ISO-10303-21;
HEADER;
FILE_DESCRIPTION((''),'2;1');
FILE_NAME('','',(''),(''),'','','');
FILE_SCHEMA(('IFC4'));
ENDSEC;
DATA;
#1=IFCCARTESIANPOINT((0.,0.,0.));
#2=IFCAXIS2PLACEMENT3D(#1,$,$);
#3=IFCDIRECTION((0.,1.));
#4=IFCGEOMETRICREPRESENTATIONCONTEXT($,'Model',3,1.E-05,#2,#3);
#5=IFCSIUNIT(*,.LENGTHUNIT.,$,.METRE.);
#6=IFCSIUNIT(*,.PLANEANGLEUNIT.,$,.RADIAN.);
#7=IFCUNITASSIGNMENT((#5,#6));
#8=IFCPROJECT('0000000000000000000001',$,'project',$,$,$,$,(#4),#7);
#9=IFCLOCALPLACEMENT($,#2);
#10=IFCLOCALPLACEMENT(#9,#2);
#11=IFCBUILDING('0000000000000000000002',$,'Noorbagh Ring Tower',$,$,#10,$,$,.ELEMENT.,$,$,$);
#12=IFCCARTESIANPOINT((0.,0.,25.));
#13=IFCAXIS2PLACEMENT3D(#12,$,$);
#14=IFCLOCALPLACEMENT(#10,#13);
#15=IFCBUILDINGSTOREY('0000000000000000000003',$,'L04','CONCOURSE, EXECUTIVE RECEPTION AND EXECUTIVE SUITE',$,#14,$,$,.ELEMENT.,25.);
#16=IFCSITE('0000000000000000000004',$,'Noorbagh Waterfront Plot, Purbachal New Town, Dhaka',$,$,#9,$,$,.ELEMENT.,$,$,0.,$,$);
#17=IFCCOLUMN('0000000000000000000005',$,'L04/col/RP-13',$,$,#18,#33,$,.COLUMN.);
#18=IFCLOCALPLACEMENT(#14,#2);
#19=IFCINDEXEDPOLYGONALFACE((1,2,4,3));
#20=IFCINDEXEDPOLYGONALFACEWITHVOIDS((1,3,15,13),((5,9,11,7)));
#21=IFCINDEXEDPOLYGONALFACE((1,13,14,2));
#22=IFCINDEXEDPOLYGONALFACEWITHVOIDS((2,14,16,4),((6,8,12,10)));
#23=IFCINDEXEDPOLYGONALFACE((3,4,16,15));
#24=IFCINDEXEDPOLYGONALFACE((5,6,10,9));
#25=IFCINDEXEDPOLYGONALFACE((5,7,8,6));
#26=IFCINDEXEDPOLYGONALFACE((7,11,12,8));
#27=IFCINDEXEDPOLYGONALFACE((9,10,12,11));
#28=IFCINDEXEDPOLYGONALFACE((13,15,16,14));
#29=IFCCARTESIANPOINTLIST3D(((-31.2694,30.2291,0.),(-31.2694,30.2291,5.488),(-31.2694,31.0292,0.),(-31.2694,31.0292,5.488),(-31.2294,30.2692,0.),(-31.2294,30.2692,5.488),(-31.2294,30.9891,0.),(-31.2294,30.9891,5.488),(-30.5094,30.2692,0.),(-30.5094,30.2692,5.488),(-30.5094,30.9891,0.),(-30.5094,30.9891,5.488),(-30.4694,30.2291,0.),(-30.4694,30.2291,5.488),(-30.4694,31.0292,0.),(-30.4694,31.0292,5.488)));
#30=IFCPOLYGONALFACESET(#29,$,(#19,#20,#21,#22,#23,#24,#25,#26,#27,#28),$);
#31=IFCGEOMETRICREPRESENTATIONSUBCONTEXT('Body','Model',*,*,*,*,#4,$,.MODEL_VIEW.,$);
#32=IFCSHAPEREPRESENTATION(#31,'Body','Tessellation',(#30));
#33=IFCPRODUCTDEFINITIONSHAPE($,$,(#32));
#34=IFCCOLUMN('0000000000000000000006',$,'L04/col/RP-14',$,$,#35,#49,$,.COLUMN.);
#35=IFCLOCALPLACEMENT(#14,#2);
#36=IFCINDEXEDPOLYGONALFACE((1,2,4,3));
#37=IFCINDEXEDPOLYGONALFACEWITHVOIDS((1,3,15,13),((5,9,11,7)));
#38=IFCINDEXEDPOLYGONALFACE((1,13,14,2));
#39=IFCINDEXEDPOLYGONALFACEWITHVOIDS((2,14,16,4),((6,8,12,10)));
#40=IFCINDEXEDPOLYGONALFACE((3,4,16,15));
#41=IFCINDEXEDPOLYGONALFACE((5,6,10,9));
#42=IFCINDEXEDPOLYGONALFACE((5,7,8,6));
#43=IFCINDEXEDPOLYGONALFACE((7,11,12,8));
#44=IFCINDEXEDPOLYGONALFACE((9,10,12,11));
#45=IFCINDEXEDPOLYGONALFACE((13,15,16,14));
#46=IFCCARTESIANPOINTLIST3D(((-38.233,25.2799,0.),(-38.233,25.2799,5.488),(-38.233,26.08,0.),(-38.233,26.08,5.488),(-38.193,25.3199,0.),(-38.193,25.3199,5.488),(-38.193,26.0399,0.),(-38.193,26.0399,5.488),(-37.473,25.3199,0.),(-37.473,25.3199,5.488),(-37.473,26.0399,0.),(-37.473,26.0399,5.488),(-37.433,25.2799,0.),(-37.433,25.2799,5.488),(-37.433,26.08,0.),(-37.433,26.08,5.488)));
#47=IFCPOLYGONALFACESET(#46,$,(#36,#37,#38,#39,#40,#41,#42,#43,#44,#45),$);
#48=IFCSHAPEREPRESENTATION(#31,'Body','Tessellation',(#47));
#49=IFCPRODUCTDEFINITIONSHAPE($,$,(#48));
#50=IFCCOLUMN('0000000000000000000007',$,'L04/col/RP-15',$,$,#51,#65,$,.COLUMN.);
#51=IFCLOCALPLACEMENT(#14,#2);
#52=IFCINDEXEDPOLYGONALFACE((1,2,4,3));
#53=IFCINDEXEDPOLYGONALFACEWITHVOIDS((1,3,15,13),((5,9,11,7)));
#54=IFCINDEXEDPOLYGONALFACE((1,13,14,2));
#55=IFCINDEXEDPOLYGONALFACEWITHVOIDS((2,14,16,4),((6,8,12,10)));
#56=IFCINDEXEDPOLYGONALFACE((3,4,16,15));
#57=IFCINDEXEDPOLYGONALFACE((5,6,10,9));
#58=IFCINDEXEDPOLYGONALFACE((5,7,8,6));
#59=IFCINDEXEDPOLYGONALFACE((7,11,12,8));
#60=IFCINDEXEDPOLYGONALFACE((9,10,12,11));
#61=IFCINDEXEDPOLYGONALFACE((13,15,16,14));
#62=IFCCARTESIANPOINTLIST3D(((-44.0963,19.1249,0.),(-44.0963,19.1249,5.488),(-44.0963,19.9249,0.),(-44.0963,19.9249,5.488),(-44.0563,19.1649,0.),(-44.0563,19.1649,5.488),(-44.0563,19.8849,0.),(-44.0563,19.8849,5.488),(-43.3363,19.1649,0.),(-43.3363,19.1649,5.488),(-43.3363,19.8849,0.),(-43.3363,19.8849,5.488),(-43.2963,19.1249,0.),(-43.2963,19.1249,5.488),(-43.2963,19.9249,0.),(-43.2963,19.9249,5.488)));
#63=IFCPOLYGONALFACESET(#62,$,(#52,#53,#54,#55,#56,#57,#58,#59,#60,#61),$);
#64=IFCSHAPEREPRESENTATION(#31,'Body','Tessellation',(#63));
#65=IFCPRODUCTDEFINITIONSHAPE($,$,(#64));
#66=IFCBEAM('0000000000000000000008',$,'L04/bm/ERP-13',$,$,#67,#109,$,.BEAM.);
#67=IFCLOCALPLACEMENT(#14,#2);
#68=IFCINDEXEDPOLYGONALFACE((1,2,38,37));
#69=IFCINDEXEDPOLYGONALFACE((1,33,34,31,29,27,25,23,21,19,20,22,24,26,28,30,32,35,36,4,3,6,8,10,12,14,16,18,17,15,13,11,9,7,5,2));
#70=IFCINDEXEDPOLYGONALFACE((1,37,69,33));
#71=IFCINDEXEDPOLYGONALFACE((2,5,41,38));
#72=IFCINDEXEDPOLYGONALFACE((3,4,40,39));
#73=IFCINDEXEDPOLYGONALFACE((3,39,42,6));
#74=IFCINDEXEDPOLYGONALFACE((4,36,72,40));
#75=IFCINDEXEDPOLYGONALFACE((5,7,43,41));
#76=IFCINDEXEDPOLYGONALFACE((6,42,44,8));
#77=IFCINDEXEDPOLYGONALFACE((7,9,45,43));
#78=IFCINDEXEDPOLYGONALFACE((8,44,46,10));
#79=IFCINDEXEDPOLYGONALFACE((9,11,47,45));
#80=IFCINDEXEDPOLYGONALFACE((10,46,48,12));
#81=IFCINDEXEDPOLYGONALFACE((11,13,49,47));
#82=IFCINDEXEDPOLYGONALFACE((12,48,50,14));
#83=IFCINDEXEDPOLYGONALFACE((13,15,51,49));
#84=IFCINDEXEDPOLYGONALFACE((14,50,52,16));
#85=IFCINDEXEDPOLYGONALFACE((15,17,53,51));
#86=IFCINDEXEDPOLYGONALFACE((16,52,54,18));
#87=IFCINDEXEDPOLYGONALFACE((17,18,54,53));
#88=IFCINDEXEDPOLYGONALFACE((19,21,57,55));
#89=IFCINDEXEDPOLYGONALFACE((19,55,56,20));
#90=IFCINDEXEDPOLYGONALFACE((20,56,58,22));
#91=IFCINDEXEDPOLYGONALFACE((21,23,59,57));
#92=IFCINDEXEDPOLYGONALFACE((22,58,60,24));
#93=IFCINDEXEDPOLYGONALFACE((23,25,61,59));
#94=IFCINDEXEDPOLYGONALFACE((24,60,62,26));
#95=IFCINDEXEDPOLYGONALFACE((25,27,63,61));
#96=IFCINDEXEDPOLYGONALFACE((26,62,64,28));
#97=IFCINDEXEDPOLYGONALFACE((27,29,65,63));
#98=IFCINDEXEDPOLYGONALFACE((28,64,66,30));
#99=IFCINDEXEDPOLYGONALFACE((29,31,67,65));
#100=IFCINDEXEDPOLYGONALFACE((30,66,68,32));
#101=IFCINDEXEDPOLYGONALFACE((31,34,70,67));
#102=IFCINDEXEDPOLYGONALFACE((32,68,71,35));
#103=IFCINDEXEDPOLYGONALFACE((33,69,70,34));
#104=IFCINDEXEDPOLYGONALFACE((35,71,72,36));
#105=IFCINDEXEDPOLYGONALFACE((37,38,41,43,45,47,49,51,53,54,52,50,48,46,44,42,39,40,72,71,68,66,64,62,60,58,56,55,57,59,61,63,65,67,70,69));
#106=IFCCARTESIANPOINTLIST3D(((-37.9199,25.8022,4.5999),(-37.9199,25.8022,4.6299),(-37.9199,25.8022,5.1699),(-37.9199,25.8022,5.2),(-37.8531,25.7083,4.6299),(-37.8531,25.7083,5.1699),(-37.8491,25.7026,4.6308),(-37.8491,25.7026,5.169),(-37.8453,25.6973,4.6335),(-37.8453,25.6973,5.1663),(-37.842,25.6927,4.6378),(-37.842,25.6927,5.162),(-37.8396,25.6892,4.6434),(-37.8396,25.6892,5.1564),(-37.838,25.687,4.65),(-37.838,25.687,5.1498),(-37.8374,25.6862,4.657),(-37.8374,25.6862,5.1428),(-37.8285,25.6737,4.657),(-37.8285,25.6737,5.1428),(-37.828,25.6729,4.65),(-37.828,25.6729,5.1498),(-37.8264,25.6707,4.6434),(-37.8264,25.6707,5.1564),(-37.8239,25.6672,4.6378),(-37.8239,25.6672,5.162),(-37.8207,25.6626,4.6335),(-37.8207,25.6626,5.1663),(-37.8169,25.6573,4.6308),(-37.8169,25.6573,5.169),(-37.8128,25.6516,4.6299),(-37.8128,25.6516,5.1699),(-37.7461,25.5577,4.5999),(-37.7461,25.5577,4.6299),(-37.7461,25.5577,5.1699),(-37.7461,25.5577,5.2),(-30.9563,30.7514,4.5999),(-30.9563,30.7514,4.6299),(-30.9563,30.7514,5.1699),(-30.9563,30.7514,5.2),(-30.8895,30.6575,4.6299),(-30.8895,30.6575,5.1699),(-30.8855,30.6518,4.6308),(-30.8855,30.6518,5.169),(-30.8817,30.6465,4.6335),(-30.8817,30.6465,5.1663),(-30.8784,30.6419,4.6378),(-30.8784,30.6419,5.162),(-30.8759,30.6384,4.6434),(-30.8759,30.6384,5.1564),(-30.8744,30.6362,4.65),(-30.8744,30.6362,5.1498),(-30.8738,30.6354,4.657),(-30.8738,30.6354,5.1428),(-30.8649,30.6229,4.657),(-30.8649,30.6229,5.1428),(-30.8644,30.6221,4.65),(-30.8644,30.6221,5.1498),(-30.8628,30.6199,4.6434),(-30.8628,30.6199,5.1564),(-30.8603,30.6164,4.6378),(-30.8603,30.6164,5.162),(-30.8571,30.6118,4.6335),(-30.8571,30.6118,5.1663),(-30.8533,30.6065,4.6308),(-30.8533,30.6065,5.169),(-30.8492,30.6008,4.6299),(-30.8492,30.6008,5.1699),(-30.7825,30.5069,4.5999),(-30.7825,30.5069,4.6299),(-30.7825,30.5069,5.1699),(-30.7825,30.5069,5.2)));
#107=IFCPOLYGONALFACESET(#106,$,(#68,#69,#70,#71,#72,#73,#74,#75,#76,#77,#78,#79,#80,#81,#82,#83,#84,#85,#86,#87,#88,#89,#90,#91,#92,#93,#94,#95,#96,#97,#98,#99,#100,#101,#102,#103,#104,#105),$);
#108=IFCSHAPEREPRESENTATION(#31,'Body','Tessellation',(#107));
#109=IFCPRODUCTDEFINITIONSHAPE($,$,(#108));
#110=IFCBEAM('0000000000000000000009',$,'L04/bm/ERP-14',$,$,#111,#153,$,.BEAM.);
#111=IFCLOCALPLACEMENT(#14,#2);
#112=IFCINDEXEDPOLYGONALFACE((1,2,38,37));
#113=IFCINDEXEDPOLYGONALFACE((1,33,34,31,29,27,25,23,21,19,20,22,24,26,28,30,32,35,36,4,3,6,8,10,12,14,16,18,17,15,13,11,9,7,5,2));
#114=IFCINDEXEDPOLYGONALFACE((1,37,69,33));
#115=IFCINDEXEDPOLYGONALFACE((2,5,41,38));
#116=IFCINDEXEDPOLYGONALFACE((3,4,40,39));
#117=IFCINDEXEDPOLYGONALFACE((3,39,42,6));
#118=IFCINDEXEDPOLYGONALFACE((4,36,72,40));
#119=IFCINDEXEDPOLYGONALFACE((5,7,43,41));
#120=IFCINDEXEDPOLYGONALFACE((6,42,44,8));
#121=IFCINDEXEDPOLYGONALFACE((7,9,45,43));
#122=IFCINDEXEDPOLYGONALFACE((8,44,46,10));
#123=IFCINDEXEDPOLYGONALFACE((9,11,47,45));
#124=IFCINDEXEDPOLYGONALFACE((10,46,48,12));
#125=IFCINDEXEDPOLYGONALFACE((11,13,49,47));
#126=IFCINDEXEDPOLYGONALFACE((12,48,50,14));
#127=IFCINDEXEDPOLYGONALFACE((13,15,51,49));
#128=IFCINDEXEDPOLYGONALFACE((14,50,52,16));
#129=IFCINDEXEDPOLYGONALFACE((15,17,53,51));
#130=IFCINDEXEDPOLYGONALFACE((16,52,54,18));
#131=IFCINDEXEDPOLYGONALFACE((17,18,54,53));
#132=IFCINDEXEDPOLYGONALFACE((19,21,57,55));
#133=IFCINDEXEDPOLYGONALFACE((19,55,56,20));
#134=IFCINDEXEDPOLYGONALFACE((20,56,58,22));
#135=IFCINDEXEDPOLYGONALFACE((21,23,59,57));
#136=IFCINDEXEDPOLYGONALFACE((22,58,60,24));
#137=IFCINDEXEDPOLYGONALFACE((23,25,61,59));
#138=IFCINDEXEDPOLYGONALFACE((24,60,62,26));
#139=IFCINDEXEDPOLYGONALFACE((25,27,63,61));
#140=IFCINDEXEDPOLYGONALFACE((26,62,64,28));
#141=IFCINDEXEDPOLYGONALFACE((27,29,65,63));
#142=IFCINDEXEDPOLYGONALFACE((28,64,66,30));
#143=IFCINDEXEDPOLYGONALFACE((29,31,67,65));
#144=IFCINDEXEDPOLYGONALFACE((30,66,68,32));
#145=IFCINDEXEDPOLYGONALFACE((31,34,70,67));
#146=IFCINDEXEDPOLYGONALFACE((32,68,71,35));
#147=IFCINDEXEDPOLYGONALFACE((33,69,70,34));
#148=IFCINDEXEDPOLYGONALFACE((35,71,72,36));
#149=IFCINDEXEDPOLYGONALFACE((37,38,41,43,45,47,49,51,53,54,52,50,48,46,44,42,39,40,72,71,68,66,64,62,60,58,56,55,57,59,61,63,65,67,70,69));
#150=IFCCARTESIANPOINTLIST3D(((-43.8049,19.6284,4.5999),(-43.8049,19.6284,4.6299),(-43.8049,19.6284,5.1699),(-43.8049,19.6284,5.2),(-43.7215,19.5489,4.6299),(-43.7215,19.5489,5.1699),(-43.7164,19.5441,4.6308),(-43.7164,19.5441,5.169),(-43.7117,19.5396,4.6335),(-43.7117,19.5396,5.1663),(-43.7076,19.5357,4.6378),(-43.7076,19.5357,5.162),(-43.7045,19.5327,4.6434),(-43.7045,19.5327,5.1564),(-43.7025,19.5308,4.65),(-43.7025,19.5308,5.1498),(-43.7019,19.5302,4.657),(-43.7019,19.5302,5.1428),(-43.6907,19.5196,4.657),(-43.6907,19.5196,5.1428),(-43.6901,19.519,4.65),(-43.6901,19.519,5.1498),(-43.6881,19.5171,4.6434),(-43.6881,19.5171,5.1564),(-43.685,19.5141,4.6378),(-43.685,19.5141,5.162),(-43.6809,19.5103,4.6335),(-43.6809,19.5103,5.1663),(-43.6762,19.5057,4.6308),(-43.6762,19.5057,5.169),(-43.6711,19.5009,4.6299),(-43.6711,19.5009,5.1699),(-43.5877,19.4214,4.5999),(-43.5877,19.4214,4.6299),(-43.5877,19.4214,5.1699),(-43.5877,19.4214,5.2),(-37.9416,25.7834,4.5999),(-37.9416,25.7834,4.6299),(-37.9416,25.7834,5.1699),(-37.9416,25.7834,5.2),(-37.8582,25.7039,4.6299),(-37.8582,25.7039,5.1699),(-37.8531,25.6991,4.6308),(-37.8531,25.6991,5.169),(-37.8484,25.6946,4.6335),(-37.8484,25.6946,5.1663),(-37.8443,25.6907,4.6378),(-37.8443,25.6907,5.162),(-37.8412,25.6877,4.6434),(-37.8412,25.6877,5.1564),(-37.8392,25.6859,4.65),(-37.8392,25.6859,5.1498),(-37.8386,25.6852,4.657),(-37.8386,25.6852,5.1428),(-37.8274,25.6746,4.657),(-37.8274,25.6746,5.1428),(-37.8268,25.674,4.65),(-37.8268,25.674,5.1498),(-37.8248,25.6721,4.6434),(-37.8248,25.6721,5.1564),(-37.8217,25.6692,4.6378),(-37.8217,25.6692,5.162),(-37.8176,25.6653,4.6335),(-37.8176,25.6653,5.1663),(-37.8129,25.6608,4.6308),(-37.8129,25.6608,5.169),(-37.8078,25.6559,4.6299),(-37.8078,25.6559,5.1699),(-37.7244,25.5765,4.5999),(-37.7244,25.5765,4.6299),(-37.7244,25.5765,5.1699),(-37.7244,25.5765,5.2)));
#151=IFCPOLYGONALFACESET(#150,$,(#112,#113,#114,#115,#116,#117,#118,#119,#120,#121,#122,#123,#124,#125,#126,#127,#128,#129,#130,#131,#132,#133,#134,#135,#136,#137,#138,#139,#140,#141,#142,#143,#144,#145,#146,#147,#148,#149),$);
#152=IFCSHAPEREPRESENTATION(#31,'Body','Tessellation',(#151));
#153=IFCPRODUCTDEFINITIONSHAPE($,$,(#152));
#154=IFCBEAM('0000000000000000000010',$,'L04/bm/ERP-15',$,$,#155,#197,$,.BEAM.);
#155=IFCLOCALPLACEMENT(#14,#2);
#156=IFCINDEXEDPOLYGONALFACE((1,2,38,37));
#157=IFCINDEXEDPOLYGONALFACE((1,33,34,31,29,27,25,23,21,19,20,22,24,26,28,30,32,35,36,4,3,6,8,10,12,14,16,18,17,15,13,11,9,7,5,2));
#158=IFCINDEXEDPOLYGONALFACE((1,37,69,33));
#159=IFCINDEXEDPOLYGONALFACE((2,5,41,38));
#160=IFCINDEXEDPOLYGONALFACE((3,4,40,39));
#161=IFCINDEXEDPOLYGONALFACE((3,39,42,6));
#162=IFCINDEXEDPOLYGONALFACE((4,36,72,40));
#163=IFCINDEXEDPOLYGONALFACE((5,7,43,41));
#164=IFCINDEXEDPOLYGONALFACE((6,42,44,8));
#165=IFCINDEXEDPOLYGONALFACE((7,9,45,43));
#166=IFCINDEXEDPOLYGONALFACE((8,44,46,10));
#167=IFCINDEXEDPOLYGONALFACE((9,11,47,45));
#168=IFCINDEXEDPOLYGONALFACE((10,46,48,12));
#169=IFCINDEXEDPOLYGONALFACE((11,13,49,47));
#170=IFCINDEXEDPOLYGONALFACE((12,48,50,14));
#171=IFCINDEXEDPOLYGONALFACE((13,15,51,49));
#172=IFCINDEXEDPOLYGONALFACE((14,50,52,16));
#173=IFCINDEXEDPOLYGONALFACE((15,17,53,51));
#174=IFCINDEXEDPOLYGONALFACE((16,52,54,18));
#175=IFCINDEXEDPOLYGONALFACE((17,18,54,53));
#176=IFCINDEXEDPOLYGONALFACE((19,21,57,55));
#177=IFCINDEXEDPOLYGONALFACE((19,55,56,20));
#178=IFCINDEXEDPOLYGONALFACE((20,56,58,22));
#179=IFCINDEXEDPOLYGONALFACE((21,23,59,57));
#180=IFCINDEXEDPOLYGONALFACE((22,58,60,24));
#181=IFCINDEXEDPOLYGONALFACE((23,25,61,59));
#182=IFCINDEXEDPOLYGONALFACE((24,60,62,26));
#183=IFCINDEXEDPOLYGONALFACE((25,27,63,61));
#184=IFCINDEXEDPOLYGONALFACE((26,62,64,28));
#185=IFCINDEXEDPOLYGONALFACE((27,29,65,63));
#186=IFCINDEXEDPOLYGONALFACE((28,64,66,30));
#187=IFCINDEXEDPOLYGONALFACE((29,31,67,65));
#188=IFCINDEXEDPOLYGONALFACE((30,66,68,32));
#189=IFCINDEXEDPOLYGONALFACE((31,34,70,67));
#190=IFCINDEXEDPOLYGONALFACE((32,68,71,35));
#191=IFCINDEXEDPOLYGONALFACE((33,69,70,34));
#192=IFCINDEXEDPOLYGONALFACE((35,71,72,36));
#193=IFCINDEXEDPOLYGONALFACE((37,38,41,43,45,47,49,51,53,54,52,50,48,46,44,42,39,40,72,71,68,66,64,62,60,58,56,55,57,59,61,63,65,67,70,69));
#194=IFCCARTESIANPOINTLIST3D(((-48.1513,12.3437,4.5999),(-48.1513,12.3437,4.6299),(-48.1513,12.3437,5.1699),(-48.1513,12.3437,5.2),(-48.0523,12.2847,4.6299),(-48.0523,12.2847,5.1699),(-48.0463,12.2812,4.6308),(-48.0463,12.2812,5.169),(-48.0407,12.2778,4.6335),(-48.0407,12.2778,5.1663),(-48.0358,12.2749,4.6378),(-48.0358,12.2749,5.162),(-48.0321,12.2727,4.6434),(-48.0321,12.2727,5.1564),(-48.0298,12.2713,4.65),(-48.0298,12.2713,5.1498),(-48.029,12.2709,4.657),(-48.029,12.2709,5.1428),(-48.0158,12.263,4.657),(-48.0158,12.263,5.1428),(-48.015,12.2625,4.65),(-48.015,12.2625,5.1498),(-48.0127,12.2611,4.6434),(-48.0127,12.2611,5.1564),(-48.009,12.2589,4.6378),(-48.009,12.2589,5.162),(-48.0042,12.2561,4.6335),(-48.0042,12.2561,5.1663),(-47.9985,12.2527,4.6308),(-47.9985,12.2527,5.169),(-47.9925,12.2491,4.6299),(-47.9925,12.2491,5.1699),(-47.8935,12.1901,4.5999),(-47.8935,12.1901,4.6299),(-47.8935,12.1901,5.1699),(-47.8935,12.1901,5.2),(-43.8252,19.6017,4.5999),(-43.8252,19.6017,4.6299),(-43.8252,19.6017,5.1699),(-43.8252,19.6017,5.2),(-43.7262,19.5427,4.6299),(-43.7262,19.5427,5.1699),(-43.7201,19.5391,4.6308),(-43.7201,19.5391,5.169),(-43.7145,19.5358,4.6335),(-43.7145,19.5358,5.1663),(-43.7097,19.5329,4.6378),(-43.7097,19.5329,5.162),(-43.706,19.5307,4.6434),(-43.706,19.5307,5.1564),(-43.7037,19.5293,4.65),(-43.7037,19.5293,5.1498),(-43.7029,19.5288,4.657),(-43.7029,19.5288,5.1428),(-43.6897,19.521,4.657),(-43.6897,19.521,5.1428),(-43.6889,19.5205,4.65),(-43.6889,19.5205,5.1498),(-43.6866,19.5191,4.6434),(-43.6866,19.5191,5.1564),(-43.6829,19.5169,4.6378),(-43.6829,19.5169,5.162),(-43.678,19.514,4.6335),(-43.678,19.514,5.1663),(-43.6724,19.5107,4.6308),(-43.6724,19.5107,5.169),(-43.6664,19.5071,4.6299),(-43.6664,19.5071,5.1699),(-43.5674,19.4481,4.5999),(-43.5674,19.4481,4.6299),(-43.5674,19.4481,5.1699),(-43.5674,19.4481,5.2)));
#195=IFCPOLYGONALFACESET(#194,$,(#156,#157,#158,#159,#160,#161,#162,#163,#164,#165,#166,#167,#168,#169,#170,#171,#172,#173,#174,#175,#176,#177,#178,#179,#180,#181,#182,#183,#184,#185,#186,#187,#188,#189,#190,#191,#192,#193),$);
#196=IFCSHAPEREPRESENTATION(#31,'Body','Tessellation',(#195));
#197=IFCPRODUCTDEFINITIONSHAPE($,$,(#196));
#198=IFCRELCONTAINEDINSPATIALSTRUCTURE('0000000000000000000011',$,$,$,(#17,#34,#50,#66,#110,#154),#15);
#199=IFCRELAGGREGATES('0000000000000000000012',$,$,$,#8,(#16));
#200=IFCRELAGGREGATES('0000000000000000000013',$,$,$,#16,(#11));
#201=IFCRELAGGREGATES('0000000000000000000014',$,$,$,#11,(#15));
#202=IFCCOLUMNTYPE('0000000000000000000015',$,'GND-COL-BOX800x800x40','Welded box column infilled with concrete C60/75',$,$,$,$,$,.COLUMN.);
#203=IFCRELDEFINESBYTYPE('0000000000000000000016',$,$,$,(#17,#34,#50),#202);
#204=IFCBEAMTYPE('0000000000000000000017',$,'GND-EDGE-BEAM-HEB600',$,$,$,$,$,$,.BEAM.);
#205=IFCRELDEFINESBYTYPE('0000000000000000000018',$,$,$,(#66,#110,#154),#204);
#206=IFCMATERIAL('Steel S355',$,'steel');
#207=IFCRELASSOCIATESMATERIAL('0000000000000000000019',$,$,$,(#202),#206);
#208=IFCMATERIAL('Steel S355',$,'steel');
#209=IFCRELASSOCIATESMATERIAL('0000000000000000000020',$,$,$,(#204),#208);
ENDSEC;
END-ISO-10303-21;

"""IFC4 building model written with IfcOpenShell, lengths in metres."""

from ifc_helpers import new_model, si_unit, direction, frame, origin, origin_2d, place, context, subcontext, project, spatial, hollow_rectangle, i_section, extrude, material, material_profile, profile_set, type_object, element, save


model = new_model("IFC4")

# Units and contexts
model_context = context("Model", 3, precision=1e-05, world=origin(), true_north=direction((0.0, 1.0)))
body_context = subcontext(model_context, "Body", "Model", "MODEL_VIEW")
ifc_project = project(units=[si_unit("LENGTHUNIT", "METRE"), si_unit("PLANEANGLEUNIT", "RADIAN")], contexts=[model_context])

# Site, building, storey
site_placement = place(None, origin())
site = spatial("IfcSite", under=ifc_project, at=site_placement, Name="Noorbagh Waterfront Plot, Purbachal New Town, Dhaka", CompositionType="ELEMENT", RefElevation=0.0)
building_placement = place(site_placement, origin())
building = spatial("IfcBuilding", under=site, at=building_placement, Name="Noorbagh Ring Tower", CompositionType="ELEMENT")
storey_placement = place(building_placement, frame((0.0, 0.0, 25.0)))
storey = spatial("IfcBuildingStorey", under=building, at=storey_placement, Name="L04", Description="CONCOURSE, EXECUTIVE RECEPTION AND EXECUTIVE SUITE", CompositionType="ELEMENT", Elevation=25.0)

# Columns
ifc_material_1 = material(Name="Steel S355", Category="steel")
ifc_material_profile_1 = material_profile(ifc_material_1, hollow_rectangle(XDim=0.8, YDim=0.8, WallThickness=0.04, at=origin_2d()), Name="BOX800x800x40")
ifc_profile_set_1 = profile_set([ifc_material_profile_1], Name="Steel S355")
column_type = type_object("IfcColumnType", Name="GND-COL-BOX800x800x40", Description="Welded box column infilled with concrete C60/75", PredefinedType="COLUMN", material=ifc_profile_set_1)
for number, where, z_axis, x_axis, name in (
    (1, (-30.8694, 30.6292, 0.0), (0.0, 0.0, 1.0), (1.0, 0.0, 0.0), "L04/col/RP-13"),
    (2, (-37.833, 25.6799, 0.0), (0.0, 0.0, 1.0), (1.0, 0.0, 0.0), "L04/col/RP-14"),
    (3, (-43.6963, 19.5249, 0.0), (0.0, 0.0, 1.0), (1.0, 0.0, 0.0), "L04/col/RP-15"),
):
    element("IfcColumn", number, at=place(storey_placement, frame(where, z_axis=z_axis, x_axis=x_axis)), inside=storey, type_object=column_type, Name=name, PredefinedType="COLUMN", context=body_context, shape_type="SweptSolid", body=[
        extrude(hollow_rectangle(XDim=0.8, YDim=0.8, WallThickness=0.04, at=origin_2d()), origin(), (0.0, 0.0, 1.0), 5.488),
    ])

# Beams
ifc_material_2 = material(Name="Steel S355", Category="steel")
ifc_material_profile_2 = material_profile(ifc_material_2, i_section(OverallWidth=0.3, OverallDepth=0.6001, WebThickness=0.0154, FlangeThickness=0.03, FilletRadius=0.0271, at=origin_2d()), Name="HEB600")
ifc_profile_set_2 = profile_set([ifc_material_profile_2], Name="Steel S355")
beam_type_1 = type_object("IfcBeamType", Name="GND-EDGE-BEAM-HEB600", PredefinedType="BEAM", material=ifc_profile_set_2)
beam_1_placement = place(storey_placement, frame((-30.8694, 30.6292, 4.8999), z_axis=(-0.815104, -0.579315, 0.0), x_axis=(0.579315, -0.815104, 0.0)))
element("IfcBeam", 4, at=beam_1_placement, inside=storey, type_object=beam_type_1, Name="L04/bm/ERP-13", PredefinedType="BEAM", context=body_context, shape_type="SweptSolid", body=[
    extrude(i_section(OverallWidth=0.3, OverallDepth=0.6001, WebThickness=0.0154, FlangeThickness=0.03, FilletRadius=0.0271, at=origin_2d()), origin(), (0.0, 0.0, 1.0), 8.5432),
])
beam_2_placement = place(storey_placement, frame((-37.833, 25.6799, 4.8999), z_axis=(-0.689738, -0.724059, 0.0), x_axis=(0.724059, -0.689738, 0.0)))
element("IfcBeam", 5, at=beam_2_placement, inside=storey, type_object=beam_type_1, Name="L04/bm/ERP-14", PredefinedType="BEAM", context=body_context, shape_type="SweptSolid", body=[
    extrude(i_section(OverallWidth=0.3, OverallDepth=0.6001, WebThickness=0.0154, FlangeThickness=0.03, FilletRadius=0.0271, at=origin_2d()), origin(), (0.0, 0.0, 1.0), 8.5007),
])
beam_3_placement = place(storey_placement, frame((-43.6963, 19.5249, 4.8999), z_axis=(-0.511999, -0.858986, 0.0), x_axis=(0.858986, -0.511999, 0.0)))
element("IfcBeam", 6, at=beam_3_placement, inside=storey, type_object=beam_type_1, Name="L04/bm/ERP-15", PredefinedType="BEAM", context=body_context, shape_type="SweptSolid", body=[
    extrude(i_section(OverallWidth=0.3, OverallDepth=0.6001, WebThickness=0.0154, FlangeThickness=0.03, FilletRadius=0.0271, at=origin_2d()), origin(), (0.0, 0.0, 1.0), 8.4495),
])

save(model, "model.ifc")
